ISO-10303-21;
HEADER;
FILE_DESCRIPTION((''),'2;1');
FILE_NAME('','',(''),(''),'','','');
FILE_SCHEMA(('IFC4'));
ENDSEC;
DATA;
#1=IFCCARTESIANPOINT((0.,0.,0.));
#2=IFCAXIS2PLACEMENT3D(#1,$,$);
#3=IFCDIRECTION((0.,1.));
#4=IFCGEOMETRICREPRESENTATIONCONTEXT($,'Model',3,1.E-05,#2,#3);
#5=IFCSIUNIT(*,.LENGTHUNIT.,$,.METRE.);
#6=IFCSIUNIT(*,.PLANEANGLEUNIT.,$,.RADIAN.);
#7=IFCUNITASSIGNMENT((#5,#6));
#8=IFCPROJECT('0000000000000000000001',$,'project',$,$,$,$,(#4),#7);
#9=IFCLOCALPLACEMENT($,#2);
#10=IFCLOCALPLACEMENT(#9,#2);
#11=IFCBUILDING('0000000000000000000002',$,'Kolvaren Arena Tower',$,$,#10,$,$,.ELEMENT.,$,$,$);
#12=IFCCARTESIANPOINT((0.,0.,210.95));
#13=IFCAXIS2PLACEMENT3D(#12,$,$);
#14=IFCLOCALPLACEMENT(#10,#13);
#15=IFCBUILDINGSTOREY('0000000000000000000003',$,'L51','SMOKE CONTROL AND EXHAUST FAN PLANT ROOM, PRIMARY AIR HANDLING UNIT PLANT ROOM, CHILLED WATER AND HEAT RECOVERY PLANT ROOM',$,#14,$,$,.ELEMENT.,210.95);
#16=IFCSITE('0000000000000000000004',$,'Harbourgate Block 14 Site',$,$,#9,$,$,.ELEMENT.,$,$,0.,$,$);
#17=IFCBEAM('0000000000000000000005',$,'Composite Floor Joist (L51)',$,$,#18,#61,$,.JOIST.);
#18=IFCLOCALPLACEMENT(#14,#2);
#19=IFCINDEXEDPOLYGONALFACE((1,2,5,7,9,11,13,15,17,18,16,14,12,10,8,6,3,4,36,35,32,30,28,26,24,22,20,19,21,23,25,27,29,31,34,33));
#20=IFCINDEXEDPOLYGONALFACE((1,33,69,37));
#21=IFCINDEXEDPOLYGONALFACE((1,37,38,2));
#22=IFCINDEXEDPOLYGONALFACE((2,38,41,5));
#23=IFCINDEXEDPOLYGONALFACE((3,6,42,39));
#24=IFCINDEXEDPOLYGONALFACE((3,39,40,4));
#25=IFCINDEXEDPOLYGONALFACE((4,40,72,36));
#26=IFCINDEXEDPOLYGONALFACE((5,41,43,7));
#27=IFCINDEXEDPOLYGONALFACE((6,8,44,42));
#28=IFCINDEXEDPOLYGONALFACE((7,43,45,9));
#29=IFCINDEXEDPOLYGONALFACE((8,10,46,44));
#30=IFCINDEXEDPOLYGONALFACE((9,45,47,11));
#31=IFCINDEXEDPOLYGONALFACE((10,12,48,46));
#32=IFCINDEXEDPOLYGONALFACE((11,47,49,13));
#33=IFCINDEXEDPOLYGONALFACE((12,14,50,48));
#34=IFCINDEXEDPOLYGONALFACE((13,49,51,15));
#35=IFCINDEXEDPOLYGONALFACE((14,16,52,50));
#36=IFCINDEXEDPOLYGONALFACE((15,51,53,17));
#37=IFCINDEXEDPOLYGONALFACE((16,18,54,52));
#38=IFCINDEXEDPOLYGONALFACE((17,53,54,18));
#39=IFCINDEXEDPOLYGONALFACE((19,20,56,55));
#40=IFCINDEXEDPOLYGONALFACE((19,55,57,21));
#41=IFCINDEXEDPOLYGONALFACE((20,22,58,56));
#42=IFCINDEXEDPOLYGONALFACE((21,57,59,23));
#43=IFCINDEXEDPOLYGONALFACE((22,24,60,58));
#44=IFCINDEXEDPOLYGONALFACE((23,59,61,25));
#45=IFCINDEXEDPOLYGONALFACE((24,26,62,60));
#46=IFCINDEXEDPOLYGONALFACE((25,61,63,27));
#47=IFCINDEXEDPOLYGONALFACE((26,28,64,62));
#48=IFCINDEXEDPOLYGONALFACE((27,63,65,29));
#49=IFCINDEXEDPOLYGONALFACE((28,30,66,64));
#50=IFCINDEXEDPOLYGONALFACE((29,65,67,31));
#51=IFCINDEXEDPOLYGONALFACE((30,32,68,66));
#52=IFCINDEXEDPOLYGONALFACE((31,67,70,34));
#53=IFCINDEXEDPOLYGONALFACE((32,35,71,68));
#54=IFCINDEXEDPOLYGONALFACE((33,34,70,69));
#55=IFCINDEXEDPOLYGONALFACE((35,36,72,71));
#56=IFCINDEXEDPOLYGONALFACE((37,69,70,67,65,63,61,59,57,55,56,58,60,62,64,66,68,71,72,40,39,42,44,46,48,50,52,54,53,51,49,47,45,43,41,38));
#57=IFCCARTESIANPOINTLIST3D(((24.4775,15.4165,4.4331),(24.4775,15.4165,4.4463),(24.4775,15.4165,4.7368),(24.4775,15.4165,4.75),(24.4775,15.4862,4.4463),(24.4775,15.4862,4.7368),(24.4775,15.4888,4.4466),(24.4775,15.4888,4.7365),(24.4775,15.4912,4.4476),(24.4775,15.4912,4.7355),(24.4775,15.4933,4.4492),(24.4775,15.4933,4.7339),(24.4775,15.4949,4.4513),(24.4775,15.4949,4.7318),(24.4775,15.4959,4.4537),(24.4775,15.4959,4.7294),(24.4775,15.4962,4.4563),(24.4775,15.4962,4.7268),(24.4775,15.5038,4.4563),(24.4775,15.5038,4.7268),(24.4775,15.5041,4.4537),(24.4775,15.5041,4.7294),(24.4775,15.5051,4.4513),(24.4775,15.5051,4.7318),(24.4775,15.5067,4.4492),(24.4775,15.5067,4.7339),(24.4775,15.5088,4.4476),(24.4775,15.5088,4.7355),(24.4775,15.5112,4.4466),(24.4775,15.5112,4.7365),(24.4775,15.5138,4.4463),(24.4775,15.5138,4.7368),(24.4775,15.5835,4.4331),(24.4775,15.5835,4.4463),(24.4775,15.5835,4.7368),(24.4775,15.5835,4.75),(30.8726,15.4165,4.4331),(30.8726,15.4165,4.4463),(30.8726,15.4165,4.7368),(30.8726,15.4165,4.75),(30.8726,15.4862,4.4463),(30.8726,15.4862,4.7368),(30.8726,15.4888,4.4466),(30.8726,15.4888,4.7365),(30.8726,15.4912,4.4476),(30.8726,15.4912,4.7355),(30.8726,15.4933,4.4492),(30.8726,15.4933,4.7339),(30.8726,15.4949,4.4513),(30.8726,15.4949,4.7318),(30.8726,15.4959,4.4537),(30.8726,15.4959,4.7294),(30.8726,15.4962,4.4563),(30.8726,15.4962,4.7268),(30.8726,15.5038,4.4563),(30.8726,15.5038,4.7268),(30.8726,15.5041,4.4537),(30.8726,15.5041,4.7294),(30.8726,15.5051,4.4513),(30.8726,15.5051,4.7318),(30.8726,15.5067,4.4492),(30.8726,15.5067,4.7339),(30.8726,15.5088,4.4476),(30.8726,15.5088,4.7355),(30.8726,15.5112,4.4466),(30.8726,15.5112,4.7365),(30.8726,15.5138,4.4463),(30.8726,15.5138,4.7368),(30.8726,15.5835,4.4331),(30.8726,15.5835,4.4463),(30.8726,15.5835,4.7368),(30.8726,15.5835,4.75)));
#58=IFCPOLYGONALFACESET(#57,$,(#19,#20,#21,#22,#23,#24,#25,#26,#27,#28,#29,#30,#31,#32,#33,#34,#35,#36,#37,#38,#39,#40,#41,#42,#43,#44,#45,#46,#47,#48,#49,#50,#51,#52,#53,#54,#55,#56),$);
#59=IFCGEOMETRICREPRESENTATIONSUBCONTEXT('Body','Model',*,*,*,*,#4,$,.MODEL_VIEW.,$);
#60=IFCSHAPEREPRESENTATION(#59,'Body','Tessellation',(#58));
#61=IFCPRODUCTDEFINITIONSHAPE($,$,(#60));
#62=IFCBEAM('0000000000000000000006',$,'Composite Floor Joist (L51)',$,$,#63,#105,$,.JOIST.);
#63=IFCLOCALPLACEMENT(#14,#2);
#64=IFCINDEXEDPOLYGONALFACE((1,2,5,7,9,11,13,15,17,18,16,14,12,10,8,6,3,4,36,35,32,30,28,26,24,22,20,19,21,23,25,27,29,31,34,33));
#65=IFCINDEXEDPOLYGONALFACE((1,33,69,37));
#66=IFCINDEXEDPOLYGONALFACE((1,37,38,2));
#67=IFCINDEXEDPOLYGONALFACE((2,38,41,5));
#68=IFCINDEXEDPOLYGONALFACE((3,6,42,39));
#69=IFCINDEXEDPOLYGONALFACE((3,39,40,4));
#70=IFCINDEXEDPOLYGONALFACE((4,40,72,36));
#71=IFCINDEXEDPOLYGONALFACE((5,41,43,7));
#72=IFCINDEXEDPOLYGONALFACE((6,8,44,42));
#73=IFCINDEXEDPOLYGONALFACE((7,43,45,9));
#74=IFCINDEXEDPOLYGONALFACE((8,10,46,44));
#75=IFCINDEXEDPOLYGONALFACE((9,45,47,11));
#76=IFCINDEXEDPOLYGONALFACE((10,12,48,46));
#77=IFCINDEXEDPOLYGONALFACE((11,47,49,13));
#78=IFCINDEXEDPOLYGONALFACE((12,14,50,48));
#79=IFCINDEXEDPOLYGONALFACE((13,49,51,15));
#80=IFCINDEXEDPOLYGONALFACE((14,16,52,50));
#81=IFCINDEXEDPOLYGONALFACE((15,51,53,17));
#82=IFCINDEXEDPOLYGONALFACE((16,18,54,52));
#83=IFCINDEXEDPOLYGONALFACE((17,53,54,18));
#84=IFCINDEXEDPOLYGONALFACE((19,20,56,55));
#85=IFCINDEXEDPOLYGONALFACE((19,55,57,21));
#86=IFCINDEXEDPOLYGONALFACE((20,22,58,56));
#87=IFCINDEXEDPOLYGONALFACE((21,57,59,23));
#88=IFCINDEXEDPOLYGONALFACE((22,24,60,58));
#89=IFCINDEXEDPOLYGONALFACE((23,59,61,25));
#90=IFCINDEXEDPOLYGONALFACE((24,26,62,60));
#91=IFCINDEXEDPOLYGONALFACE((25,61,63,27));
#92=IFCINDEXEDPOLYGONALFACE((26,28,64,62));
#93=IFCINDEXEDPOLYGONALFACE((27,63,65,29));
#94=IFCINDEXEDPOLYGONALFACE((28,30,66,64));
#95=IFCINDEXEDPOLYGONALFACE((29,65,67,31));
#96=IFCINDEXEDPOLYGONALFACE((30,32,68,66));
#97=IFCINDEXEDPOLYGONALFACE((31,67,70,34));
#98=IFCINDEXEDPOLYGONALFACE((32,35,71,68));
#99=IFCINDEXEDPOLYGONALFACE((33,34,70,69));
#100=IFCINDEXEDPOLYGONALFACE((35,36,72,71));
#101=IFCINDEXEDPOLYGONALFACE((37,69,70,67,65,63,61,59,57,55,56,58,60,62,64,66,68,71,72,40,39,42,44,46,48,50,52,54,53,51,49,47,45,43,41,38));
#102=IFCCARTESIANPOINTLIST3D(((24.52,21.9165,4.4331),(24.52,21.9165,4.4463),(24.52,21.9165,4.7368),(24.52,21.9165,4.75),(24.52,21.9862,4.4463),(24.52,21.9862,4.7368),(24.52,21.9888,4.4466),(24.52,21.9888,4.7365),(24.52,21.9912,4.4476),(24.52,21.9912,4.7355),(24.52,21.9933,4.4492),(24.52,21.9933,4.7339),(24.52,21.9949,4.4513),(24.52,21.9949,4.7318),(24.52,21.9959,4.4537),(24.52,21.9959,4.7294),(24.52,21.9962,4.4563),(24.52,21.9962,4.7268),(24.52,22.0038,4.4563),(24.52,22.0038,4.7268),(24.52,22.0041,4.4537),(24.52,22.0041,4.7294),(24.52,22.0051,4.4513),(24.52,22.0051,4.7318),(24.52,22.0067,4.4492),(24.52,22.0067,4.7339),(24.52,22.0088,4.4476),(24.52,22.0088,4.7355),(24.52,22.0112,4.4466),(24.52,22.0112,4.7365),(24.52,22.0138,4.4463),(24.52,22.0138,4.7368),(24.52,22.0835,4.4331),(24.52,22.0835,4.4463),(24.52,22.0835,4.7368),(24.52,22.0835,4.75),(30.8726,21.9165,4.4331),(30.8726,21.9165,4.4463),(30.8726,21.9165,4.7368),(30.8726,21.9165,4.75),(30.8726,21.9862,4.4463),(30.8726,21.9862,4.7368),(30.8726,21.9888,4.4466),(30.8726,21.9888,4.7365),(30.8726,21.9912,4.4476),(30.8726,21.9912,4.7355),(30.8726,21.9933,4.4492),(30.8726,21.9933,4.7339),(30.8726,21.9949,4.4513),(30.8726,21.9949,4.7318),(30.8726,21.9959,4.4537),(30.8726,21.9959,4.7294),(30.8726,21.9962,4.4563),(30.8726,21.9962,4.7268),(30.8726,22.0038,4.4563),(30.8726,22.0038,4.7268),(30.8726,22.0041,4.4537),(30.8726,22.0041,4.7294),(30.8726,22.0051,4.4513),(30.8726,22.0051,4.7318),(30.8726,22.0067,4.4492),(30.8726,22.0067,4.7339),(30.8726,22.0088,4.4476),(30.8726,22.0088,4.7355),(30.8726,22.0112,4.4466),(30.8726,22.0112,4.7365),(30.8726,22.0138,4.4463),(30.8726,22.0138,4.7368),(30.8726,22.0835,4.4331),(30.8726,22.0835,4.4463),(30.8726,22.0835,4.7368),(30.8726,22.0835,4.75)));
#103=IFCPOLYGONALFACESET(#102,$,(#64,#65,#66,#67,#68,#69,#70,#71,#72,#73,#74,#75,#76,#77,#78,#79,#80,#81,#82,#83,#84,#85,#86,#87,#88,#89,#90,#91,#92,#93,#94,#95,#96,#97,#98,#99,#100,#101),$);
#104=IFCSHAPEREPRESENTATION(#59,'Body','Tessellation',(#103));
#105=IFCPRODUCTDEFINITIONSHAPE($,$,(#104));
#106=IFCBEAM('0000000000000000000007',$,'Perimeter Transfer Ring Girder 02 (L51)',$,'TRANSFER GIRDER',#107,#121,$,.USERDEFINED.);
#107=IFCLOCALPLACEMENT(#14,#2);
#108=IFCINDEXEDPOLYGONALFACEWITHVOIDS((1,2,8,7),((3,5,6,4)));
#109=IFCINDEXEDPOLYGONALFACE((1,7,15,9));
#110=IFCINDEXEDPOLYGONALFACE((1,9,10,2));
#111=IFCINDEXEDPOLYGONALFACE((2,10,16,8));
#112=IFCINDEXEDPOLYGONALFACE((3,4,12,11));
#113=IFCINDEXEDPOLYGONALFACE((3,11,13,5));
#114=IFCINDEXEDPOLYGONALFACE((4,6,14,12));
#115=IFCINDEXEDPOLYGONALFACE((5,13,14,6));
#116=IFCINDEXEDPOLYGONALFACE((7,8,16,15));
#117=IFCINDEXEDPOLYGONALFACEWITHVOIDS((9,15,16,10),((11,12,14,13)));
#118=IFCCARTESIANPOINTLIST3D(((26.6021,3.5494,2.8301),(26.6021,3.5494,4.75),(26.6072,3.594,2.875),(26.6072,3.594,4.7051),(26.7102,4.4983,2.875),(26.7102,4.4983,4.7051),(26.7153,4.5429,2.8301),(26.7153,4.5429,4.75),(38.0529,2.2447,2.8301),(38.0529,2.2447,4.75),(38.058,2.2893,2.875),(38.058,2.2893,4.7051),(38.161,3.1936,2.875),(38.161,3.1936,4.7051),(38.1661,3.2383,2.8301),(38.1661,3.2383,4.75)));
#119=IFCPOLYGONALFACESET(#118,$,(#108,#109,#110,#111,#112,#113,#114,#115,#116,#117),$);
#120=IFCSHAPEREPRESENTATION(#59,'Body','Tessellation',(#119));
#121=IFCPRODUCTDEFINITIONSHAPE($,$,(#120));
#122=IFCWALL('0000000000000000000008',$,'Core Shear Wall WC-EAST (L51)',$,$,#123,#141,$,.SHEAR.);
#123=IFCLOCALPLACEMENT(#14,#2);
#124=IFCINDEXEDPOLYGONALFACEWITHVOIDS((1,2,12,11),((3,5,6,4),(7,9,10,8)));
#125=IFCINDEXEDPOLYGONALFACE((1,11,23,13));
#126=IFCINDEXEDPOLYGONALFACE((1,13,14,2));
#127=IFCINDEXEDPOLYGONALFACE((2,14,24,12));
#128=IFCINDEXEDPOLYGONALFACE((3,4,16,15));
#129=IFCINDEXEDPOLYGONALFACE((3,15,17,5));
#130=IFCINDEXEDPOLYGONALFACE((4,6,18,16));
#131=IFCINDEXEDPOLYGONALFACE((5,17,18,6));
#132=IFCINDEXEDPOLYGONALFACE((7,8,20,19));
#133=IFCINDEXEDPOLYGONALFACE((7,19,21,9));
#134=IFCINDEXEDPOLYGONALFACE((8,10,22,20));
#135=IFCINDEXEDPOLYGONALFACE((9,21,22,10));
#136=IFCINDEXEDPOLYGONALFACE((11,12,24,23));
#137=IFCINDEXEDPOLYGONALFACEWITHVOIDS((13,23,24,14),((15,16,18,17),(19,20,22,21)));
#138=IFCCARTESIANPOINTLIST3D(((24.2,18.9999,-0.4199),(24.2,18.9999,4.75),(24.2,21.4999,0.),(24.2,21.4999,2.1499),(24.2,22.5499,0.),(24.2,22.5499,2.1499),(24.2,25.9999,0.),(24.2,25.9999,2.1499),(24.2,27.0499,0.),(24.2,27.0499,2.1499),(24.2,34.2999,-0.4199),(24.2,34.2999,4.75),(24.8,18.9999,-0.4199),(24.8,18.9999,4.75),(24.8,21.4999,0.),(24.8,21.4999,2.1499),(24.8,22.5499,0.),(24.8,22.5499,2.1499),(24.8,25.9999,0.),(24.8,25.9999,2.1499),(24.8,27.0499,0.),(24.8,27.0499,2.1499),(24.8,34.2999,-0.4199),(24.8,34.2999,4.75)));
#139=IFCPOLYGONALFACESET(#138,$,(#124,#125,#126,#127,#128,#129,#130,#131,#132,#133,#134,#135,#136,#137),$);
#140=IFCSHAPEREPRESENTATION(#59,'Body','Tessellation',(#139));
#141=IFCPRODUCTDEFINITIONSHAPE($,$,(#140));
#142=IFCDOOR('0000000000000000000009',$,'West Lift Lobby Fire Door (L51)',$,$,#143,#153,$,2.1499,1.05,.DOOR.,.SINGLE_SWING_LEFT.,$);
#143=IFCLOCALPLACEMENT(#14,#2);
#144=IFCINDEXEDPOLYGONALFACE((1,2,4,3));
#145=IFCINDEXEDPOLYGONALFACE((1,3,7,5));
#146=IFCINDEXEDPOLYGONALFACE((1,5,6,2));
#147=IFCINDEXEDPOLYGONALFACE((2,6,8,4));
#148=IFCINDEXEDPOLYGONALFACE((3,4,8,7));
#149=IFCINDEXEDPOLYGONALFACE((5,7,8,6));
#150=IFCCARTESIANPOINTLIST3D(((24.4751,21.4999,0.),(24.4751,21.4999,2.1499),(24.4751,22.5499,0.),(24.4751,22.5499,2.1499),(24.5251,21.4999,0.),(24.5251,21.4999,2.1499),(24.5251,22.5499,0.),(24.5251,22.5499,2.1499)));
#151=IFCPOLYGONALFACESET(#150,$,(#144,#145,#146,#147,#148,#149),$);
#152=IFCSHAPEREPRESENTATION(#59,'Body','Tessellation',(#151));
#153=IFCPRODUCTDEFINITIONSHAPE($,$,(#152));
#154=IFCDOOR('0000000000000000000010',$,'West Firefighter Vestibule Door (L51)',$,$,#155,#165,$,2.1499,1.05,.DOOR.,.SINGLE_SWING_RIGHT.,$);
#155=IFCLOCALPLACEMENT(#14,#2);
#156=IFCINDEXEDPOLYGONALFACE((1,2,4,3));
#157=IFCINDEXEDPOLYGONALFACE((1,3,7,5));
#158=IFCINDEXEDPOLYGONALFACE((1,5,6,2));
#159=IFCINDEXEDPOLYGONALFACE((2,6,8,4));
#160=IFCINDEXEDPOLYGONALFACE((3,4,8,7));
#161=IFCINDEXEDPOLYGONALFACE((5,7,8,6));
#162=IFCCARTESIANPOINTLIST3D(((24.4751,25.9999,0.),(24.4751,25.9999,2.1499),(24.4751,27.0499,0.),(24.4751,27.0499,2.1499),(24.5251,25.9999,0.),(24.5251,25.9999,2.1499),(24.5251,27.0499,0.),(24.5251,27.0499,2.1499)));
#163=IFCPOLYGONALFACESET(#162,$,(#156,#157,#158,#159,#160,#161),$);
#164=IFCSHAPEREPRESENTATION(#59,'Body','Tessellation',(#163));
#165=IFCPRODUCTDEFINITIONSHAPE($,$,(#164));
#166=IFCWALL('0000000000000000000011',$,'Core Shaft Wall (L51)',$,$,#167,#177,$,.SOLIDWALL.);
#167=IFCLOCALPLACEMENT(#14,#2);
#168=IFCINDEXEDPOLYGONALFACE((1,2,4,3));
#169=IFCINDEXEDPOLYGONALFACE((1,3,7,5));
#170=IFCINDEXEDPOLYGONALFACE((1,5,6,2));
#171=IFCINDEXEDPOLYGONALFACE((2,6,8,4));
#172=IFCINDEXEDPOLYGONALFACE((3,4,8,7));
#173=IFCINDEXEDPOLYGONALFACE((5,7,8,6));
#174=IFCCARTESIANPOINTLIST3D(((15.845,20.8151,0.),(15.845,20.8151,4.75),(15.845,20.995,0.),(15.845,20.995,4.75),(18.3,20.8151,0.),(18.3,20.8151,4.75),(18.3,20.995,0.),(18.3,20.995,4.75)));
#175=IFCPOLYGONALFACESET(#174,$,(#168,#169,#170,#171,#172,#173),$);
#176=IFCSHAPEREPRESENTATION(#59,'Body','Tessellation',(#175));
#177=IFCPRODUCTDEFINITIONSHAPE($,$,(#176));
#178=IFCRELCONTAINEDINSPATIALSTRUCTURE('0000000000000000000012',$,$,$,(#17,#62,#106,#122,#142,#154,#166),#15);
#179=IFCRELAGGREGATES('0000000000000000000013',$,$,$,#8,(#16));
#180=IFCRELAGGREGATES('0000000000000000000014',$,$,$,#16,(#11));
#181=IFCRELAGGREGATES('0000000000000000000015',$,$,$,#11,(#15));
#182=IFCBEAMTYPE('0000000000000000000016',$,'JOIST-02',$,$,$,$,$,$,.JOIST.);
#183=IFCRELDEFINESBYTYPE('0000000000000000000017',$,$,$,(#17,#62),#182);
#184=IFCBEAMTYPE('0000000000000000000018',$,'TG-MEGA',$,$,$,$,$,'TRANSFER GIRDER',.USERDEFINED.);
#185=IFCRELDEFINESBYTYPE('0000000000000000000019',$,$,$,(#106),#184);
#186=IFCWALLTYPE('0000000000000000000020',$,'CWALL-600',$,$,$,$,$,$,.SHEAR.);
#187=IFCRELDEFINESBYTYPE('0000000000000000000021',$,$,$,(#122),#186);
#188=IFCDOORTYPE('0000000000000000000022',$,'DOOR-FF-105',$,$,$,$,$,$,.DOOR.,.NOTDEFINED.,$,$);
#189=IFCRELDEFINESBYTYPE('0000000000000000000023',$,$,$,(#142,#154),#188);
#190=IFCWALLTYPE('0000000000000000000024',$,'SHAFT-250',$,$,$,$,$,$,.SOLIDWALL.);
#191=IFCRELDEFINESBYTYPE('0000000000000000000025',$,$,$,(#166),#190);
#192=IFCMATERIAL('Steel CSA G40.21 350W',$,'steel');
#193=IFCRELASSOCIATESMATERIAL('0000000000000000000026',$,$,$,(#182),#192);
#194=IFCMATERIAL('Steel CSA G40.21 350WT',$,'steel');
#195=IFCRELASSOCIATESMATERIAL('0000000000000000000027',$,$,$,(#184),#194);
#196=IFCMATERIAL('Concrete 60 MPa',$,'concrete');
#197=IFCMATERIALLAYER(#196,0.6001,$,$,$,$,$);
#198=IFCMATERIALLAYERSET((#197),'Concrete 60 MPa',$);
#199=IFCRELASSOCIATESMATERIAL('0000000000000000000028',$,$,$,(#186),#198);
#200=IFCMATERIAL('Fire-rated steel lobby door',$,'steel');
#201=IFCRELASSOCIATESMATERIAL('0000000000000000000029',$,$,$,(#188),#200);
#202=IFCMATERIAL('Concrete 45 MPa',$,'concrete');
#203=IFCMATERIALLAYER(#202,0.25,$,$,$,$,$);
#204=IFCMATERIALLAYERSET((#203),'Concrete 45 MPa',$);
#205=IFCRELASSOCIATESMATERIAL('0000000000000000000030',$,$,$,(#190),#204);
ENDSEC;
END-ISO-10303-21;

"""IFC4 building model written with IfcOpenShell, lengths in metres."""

from ifc_helpers import new_model, si_unit, direction, frame, frame_2d, origin, origin_2d, place, context, subcontext, project, spatial, rectangle, hollow_rectangle, i_section, extrude, material, layer, layer_set, material_profile, profile_set, type_object, element, fill, save


model = new_model("IFC4")

# Units and contexts
model_context = context("Model", 3, precision=1e-05, world=origin(), true_north=direction((0.0, 1.0)))
body_context = subcontext(model_context, "Body", "Model", "MODEL_VIEW")
ifc_project = project(units=[si_unit("LENGTHUNIT", "METRE"), si_unit("PLANEANGLEUNIT", "RADIAN")], contexts=[model_context])

# Site, building, storey
site_placement = place(None, origin())
site = spatial("IfcSite", under=ifc_project, at=site_placement, Name="Harbourgate Block 14 Site", CompositionType="ELEMENT", RefElevation=0.0)
building_placement = place(site_placement, origin())
building = spatial("IfcBuilding", under=site, at=building_placement, Name="Kolvaren Arena Tower", CompositionType="ELEMENT")
storey_placement = place(building_placement, frame((0.0, 0.0, 210.95)))
storey = spatial("IfcBuildingStorey", under=building, at=storey_placement, Name="L51", Description="SMOKE CONTROL AND EXHAUST FAN PLANT ROOM, PRIMARY AIR HANDLING UNIT PLANT ROOM, CHILLED WATER AND HEAT RECOVERY PLANT ROOM", CompositionType="ELEMENT", Elevation=210.95)

# Beams
ifc_material_1 = material(Name="Steel CSA G40.21 350W", Category="steel")
ifc_material_profile_1 = material_profile(ifc_material_1, i_section(OverallWidth=0.167, OverallDepth=0.3169, WebThickness=0.0076, FlangeThickness=0.0132, FilletRadius=0.01, at=origin_2d()), Name="W310x52")
ifc_profile_set_1 = profile_set([ifc_material_profile_1], Name="Steel CSA G40.21 350W")
beam_type_1 = type_object("IfcBeamType", Name="JOIST-02", PredefinedType="JOIST", material=ifc_profile_set_1)
for number, where, z_axis, x_axis, name in (
    (1, (24.4775, 15.5, 4.5916), (1.0, 0.0, 0.0), (0.0, 1.0, 0.0), "Composite Floor Joist (L51)"),
):
    element("IfcBeam", number, at=place(storey_placement, frame(where, z_axis=z_axis, x_axis=x_axis)), inside=storey, type_object=beam_type_1, Name=name, PredefinedType="JOIST", context=body_context, shape_type="SweptSolid", body=[
        extrude(i_section(OverallWidth=0.167, OverallDepth=0.3169, WebThickness=0.0076, FlangeThickness=0.0132, FilletRadius=0.01, at=origin_2d()), origin(), (0.0, 0.0, 1.0), 6.395),
    ])
beam_1_placement = place(storey_placement, frame((24.52, 22.0, 4.5916), z_axis=(1.0, 0.0, 0.0), x_axis=(0.0, 1.0, 0.0)))
element("IfcBeam", 2, at=beam_1_placement, inside=storey, type_object=beam_type_1, Name="Composite Floor Joist (L51)", PredefinedType="JOIST", context=body_context, shape_type="SweptSolid", body=[
    extrude(i_section(OverallWidth=0.167, OverallDepth=0.3169, WebThickness=0.0076, FlangeThickness=0.0132, FilletRadius=0.01, at=origin_2d()), origin(), (0.0, 0.0, 1.0), 6.3525),
])
ifc_material_2 = material(Name="Steel CSA G40.21 350WT", Category="steel")
ifc_material_profile_2 = material_profile(ifc_material_2, hollow_rectangle(XDim=1.0, YDim=1.9199, WallThickness=0.0449, at=origin_2d()), Name="BOX 1000x1920x45")
ifc_profile_set_2 = profile_set([ifc_material_profile_2], Name="Steel CSA G40.21 350WT")
beam_type_2 = type_object("IfcBeamType", Name="TG-MEGA", ElementType="TRANSFER GIRDER", PredefinedType="USERDEFINED", material=ifc_profile_set_2)
beam_2_placement = place(storey_placement, frame((26.6587, 4.0461, 3.79), z_axis=(0.993572, -0.113205, 0.0), x_axis=(0.113205, 0.993572, 0.0)))
element("IfcBeam", 3, at=beam_2_placement, inside=storey, type_object=beam_type_2, Name="Perimeter Transfer Ring Girder 02 (L51)", ObjectType="TRANSFER GIRDER", PredefinedType="USERDEFINED", context=body_context, shape_type="SweptSolid", body=[
    extrude(hollow_rectangle(XDim=1.0, YDim=1.9199, WallThickness=0.0449, at=origin_2d()), origin(), (0.0, 0.0, 1.0), 11.5249),
])

# Wall, openings, doors
ifc_material_3 = material(Name="Concrete 60 MPa", Category="concrete")
ifc_layer_1 = layer(ifc_material_3, 0.6001)
ifc_layer_set_1 = layer_set([ifc_layer_1], Name="Concrete 60 MPa")
wall_type_1 = type_object("IfcWallType", Name="CWALL-600", PredefinedType="SHEAR", material=ifc_layer_set_1)
wall_1_placement = place(storey_placement, frame((24.5, 19.0, -0.4199), z_axis=(0.0, 0.0, 1.0), x_axis=(0.0, 1.0, 0.0)))
wall_1 = element("IfcWall", 4, at=wall_1_placement, inside=storey, type_object=wall_type_1, Name="Core Shear Wall WC-EAST (L51)", PredefinedType="SHEAR", context=body_context, shape_type="SweptSolid", body=[
    extrude(rectangle(XDim=15.3, YDim=0.6001, at=frame_2d((7.6499, 0.0))), origin(), (0.0, 0.0, 1.0), 5.1699),
])
opening_1_placement = place(wall_1_placement, frame((2.5, 0.0, 0.4199)))
opening_1 = element("IfcOpeningElement", 5, at=opening_1_placement, cuts=wall_1, PredefinedType="OPENING", context=body_context, shape_type="SweptSolid", body=[
    extrude(rectangle(XDim=1.05, YDim=2.1499, at=frame_2d((0.5249, 1.075))), frame((0.0, 0.3101, 0.0), z_axis=(0.0, -1.0, 0.0), x_axis=(1.0, 0.0, 0.0)), (0.0, 0.0, 1.0), 0.6201),
])
opening_2_placement = place(wall_1_placement, frame((7.0, 0.0, 0.4199)))
opening_2 = element("IfcOpeningElement", 6, at=opening_2_placement, cuts=wall_1, PredefinedType="OPENING", context=body_context, shape_type="SweptSolid", body=[
    extrude(rectangle(XDim=1.05, YDim=2.1499, at=frame_2d((0.5249, 1.075))), frame((0.0, 0.3101, 0.0), z_axis=(0.0, -1.0, 0.0), x_axis=(1.0, 0.0, 0.0)), (0.0, 0.0, 1.0), 0.6201),
])
ifc_material_4 = material(Name="Fire-rated steel lobby door", Category="steel")
door_type = type_object("IfcDoorType", Name="DOOR-FF-105", OperationType="NOTDEFINED", PredefinedType="DOOR", material=ifc_material_4)
door_1_placement = place(opening_1_placement, origin())
door_1 = element("IfcDoor", 7, at=door_1_placement, inside=storey, type_object=door_type, Name="West Lift Lobby Fire Door (L51)", OperationType="SINGLE_SWING_LEFT", OverallHeight=2.1499, OverallWidth=1.05, PredefinedType="DOOR", context=body_context, shape_type="SweptSolid", body=[
    extrude(rectangle(XDim=1.05, YDim=2.1499, at=frame_2d((0.5249, 1.075))), frame((0.0, 0.0249, 0.0), z_axis=(0.0, -1.0, 0.0), x_axis=(1.0, 0.0, 0.0)), (0.0, 0.0, 1.0), 0.05),
])
fill(opening_1, door_1)
door_2_placement = place(opening_2_placement, origin())
door_2 = element("IfcDoor", 8, at=door_2_placement, inside=storey, type_object=door_type, Name="West Firefighter Vestibule Door (L51)", OperationType="SINGLE_SWING_RIGHT", OverallHeight=2.1499, OverallWidth=1.05, PredefinedType="DOOR", context=body_context, shape_type="SweptSolid", body=[
    extrude(rectangle(XDim=1.05, YDim=2.1499, at=frame_2d((0.5249, 1.075))), frame((0.0, 0.0249, 0.0), z_axis=(0.0, -1.0, 0.0), x_axis=(1.0, 0.0, 0.0)), (0.0, 0.0, 1.0), 0.05),
])
fill(opening_2, door_2)

# Wall
ifc_material_5 = material(Name="Concrete 45 MPa", Category="concrete")
ifc_layer_2 = layer(ifc_material_5, 0.25)
ifc_layer_set_2 = layer_set([ifc_layer_2], Name="Concrete 45 MPa")
wall_type_2 = type_object("IfcWallType", Name="SHAFT-250", PredefinedType="SOLIDWALL", material=ifc_layer_set_2)
wall_2_placement = place(storey_placement, frame((15.845, 20.905, 0.0), z_axis=(0.0, 0.0, 1.0), x_axis=(1.0, 0.0, 0.0)))
element("IfcWall", 9, at=wall_2_placement, inside=storey, type_object=wall_type_2, Name="Core Shaft Wall (L51)", PredefinedType="SOLIDWALL", context=body_context, shape_type="SweptSolid", body=[
    extrude(rectangle(XDim=2.4551, YDim=0.1799, at=frame_2d((1.2275, 0.0))), origin(), (0.0, 0.0, 1.0), 4.75),
])

save(model, "model.ifc")
